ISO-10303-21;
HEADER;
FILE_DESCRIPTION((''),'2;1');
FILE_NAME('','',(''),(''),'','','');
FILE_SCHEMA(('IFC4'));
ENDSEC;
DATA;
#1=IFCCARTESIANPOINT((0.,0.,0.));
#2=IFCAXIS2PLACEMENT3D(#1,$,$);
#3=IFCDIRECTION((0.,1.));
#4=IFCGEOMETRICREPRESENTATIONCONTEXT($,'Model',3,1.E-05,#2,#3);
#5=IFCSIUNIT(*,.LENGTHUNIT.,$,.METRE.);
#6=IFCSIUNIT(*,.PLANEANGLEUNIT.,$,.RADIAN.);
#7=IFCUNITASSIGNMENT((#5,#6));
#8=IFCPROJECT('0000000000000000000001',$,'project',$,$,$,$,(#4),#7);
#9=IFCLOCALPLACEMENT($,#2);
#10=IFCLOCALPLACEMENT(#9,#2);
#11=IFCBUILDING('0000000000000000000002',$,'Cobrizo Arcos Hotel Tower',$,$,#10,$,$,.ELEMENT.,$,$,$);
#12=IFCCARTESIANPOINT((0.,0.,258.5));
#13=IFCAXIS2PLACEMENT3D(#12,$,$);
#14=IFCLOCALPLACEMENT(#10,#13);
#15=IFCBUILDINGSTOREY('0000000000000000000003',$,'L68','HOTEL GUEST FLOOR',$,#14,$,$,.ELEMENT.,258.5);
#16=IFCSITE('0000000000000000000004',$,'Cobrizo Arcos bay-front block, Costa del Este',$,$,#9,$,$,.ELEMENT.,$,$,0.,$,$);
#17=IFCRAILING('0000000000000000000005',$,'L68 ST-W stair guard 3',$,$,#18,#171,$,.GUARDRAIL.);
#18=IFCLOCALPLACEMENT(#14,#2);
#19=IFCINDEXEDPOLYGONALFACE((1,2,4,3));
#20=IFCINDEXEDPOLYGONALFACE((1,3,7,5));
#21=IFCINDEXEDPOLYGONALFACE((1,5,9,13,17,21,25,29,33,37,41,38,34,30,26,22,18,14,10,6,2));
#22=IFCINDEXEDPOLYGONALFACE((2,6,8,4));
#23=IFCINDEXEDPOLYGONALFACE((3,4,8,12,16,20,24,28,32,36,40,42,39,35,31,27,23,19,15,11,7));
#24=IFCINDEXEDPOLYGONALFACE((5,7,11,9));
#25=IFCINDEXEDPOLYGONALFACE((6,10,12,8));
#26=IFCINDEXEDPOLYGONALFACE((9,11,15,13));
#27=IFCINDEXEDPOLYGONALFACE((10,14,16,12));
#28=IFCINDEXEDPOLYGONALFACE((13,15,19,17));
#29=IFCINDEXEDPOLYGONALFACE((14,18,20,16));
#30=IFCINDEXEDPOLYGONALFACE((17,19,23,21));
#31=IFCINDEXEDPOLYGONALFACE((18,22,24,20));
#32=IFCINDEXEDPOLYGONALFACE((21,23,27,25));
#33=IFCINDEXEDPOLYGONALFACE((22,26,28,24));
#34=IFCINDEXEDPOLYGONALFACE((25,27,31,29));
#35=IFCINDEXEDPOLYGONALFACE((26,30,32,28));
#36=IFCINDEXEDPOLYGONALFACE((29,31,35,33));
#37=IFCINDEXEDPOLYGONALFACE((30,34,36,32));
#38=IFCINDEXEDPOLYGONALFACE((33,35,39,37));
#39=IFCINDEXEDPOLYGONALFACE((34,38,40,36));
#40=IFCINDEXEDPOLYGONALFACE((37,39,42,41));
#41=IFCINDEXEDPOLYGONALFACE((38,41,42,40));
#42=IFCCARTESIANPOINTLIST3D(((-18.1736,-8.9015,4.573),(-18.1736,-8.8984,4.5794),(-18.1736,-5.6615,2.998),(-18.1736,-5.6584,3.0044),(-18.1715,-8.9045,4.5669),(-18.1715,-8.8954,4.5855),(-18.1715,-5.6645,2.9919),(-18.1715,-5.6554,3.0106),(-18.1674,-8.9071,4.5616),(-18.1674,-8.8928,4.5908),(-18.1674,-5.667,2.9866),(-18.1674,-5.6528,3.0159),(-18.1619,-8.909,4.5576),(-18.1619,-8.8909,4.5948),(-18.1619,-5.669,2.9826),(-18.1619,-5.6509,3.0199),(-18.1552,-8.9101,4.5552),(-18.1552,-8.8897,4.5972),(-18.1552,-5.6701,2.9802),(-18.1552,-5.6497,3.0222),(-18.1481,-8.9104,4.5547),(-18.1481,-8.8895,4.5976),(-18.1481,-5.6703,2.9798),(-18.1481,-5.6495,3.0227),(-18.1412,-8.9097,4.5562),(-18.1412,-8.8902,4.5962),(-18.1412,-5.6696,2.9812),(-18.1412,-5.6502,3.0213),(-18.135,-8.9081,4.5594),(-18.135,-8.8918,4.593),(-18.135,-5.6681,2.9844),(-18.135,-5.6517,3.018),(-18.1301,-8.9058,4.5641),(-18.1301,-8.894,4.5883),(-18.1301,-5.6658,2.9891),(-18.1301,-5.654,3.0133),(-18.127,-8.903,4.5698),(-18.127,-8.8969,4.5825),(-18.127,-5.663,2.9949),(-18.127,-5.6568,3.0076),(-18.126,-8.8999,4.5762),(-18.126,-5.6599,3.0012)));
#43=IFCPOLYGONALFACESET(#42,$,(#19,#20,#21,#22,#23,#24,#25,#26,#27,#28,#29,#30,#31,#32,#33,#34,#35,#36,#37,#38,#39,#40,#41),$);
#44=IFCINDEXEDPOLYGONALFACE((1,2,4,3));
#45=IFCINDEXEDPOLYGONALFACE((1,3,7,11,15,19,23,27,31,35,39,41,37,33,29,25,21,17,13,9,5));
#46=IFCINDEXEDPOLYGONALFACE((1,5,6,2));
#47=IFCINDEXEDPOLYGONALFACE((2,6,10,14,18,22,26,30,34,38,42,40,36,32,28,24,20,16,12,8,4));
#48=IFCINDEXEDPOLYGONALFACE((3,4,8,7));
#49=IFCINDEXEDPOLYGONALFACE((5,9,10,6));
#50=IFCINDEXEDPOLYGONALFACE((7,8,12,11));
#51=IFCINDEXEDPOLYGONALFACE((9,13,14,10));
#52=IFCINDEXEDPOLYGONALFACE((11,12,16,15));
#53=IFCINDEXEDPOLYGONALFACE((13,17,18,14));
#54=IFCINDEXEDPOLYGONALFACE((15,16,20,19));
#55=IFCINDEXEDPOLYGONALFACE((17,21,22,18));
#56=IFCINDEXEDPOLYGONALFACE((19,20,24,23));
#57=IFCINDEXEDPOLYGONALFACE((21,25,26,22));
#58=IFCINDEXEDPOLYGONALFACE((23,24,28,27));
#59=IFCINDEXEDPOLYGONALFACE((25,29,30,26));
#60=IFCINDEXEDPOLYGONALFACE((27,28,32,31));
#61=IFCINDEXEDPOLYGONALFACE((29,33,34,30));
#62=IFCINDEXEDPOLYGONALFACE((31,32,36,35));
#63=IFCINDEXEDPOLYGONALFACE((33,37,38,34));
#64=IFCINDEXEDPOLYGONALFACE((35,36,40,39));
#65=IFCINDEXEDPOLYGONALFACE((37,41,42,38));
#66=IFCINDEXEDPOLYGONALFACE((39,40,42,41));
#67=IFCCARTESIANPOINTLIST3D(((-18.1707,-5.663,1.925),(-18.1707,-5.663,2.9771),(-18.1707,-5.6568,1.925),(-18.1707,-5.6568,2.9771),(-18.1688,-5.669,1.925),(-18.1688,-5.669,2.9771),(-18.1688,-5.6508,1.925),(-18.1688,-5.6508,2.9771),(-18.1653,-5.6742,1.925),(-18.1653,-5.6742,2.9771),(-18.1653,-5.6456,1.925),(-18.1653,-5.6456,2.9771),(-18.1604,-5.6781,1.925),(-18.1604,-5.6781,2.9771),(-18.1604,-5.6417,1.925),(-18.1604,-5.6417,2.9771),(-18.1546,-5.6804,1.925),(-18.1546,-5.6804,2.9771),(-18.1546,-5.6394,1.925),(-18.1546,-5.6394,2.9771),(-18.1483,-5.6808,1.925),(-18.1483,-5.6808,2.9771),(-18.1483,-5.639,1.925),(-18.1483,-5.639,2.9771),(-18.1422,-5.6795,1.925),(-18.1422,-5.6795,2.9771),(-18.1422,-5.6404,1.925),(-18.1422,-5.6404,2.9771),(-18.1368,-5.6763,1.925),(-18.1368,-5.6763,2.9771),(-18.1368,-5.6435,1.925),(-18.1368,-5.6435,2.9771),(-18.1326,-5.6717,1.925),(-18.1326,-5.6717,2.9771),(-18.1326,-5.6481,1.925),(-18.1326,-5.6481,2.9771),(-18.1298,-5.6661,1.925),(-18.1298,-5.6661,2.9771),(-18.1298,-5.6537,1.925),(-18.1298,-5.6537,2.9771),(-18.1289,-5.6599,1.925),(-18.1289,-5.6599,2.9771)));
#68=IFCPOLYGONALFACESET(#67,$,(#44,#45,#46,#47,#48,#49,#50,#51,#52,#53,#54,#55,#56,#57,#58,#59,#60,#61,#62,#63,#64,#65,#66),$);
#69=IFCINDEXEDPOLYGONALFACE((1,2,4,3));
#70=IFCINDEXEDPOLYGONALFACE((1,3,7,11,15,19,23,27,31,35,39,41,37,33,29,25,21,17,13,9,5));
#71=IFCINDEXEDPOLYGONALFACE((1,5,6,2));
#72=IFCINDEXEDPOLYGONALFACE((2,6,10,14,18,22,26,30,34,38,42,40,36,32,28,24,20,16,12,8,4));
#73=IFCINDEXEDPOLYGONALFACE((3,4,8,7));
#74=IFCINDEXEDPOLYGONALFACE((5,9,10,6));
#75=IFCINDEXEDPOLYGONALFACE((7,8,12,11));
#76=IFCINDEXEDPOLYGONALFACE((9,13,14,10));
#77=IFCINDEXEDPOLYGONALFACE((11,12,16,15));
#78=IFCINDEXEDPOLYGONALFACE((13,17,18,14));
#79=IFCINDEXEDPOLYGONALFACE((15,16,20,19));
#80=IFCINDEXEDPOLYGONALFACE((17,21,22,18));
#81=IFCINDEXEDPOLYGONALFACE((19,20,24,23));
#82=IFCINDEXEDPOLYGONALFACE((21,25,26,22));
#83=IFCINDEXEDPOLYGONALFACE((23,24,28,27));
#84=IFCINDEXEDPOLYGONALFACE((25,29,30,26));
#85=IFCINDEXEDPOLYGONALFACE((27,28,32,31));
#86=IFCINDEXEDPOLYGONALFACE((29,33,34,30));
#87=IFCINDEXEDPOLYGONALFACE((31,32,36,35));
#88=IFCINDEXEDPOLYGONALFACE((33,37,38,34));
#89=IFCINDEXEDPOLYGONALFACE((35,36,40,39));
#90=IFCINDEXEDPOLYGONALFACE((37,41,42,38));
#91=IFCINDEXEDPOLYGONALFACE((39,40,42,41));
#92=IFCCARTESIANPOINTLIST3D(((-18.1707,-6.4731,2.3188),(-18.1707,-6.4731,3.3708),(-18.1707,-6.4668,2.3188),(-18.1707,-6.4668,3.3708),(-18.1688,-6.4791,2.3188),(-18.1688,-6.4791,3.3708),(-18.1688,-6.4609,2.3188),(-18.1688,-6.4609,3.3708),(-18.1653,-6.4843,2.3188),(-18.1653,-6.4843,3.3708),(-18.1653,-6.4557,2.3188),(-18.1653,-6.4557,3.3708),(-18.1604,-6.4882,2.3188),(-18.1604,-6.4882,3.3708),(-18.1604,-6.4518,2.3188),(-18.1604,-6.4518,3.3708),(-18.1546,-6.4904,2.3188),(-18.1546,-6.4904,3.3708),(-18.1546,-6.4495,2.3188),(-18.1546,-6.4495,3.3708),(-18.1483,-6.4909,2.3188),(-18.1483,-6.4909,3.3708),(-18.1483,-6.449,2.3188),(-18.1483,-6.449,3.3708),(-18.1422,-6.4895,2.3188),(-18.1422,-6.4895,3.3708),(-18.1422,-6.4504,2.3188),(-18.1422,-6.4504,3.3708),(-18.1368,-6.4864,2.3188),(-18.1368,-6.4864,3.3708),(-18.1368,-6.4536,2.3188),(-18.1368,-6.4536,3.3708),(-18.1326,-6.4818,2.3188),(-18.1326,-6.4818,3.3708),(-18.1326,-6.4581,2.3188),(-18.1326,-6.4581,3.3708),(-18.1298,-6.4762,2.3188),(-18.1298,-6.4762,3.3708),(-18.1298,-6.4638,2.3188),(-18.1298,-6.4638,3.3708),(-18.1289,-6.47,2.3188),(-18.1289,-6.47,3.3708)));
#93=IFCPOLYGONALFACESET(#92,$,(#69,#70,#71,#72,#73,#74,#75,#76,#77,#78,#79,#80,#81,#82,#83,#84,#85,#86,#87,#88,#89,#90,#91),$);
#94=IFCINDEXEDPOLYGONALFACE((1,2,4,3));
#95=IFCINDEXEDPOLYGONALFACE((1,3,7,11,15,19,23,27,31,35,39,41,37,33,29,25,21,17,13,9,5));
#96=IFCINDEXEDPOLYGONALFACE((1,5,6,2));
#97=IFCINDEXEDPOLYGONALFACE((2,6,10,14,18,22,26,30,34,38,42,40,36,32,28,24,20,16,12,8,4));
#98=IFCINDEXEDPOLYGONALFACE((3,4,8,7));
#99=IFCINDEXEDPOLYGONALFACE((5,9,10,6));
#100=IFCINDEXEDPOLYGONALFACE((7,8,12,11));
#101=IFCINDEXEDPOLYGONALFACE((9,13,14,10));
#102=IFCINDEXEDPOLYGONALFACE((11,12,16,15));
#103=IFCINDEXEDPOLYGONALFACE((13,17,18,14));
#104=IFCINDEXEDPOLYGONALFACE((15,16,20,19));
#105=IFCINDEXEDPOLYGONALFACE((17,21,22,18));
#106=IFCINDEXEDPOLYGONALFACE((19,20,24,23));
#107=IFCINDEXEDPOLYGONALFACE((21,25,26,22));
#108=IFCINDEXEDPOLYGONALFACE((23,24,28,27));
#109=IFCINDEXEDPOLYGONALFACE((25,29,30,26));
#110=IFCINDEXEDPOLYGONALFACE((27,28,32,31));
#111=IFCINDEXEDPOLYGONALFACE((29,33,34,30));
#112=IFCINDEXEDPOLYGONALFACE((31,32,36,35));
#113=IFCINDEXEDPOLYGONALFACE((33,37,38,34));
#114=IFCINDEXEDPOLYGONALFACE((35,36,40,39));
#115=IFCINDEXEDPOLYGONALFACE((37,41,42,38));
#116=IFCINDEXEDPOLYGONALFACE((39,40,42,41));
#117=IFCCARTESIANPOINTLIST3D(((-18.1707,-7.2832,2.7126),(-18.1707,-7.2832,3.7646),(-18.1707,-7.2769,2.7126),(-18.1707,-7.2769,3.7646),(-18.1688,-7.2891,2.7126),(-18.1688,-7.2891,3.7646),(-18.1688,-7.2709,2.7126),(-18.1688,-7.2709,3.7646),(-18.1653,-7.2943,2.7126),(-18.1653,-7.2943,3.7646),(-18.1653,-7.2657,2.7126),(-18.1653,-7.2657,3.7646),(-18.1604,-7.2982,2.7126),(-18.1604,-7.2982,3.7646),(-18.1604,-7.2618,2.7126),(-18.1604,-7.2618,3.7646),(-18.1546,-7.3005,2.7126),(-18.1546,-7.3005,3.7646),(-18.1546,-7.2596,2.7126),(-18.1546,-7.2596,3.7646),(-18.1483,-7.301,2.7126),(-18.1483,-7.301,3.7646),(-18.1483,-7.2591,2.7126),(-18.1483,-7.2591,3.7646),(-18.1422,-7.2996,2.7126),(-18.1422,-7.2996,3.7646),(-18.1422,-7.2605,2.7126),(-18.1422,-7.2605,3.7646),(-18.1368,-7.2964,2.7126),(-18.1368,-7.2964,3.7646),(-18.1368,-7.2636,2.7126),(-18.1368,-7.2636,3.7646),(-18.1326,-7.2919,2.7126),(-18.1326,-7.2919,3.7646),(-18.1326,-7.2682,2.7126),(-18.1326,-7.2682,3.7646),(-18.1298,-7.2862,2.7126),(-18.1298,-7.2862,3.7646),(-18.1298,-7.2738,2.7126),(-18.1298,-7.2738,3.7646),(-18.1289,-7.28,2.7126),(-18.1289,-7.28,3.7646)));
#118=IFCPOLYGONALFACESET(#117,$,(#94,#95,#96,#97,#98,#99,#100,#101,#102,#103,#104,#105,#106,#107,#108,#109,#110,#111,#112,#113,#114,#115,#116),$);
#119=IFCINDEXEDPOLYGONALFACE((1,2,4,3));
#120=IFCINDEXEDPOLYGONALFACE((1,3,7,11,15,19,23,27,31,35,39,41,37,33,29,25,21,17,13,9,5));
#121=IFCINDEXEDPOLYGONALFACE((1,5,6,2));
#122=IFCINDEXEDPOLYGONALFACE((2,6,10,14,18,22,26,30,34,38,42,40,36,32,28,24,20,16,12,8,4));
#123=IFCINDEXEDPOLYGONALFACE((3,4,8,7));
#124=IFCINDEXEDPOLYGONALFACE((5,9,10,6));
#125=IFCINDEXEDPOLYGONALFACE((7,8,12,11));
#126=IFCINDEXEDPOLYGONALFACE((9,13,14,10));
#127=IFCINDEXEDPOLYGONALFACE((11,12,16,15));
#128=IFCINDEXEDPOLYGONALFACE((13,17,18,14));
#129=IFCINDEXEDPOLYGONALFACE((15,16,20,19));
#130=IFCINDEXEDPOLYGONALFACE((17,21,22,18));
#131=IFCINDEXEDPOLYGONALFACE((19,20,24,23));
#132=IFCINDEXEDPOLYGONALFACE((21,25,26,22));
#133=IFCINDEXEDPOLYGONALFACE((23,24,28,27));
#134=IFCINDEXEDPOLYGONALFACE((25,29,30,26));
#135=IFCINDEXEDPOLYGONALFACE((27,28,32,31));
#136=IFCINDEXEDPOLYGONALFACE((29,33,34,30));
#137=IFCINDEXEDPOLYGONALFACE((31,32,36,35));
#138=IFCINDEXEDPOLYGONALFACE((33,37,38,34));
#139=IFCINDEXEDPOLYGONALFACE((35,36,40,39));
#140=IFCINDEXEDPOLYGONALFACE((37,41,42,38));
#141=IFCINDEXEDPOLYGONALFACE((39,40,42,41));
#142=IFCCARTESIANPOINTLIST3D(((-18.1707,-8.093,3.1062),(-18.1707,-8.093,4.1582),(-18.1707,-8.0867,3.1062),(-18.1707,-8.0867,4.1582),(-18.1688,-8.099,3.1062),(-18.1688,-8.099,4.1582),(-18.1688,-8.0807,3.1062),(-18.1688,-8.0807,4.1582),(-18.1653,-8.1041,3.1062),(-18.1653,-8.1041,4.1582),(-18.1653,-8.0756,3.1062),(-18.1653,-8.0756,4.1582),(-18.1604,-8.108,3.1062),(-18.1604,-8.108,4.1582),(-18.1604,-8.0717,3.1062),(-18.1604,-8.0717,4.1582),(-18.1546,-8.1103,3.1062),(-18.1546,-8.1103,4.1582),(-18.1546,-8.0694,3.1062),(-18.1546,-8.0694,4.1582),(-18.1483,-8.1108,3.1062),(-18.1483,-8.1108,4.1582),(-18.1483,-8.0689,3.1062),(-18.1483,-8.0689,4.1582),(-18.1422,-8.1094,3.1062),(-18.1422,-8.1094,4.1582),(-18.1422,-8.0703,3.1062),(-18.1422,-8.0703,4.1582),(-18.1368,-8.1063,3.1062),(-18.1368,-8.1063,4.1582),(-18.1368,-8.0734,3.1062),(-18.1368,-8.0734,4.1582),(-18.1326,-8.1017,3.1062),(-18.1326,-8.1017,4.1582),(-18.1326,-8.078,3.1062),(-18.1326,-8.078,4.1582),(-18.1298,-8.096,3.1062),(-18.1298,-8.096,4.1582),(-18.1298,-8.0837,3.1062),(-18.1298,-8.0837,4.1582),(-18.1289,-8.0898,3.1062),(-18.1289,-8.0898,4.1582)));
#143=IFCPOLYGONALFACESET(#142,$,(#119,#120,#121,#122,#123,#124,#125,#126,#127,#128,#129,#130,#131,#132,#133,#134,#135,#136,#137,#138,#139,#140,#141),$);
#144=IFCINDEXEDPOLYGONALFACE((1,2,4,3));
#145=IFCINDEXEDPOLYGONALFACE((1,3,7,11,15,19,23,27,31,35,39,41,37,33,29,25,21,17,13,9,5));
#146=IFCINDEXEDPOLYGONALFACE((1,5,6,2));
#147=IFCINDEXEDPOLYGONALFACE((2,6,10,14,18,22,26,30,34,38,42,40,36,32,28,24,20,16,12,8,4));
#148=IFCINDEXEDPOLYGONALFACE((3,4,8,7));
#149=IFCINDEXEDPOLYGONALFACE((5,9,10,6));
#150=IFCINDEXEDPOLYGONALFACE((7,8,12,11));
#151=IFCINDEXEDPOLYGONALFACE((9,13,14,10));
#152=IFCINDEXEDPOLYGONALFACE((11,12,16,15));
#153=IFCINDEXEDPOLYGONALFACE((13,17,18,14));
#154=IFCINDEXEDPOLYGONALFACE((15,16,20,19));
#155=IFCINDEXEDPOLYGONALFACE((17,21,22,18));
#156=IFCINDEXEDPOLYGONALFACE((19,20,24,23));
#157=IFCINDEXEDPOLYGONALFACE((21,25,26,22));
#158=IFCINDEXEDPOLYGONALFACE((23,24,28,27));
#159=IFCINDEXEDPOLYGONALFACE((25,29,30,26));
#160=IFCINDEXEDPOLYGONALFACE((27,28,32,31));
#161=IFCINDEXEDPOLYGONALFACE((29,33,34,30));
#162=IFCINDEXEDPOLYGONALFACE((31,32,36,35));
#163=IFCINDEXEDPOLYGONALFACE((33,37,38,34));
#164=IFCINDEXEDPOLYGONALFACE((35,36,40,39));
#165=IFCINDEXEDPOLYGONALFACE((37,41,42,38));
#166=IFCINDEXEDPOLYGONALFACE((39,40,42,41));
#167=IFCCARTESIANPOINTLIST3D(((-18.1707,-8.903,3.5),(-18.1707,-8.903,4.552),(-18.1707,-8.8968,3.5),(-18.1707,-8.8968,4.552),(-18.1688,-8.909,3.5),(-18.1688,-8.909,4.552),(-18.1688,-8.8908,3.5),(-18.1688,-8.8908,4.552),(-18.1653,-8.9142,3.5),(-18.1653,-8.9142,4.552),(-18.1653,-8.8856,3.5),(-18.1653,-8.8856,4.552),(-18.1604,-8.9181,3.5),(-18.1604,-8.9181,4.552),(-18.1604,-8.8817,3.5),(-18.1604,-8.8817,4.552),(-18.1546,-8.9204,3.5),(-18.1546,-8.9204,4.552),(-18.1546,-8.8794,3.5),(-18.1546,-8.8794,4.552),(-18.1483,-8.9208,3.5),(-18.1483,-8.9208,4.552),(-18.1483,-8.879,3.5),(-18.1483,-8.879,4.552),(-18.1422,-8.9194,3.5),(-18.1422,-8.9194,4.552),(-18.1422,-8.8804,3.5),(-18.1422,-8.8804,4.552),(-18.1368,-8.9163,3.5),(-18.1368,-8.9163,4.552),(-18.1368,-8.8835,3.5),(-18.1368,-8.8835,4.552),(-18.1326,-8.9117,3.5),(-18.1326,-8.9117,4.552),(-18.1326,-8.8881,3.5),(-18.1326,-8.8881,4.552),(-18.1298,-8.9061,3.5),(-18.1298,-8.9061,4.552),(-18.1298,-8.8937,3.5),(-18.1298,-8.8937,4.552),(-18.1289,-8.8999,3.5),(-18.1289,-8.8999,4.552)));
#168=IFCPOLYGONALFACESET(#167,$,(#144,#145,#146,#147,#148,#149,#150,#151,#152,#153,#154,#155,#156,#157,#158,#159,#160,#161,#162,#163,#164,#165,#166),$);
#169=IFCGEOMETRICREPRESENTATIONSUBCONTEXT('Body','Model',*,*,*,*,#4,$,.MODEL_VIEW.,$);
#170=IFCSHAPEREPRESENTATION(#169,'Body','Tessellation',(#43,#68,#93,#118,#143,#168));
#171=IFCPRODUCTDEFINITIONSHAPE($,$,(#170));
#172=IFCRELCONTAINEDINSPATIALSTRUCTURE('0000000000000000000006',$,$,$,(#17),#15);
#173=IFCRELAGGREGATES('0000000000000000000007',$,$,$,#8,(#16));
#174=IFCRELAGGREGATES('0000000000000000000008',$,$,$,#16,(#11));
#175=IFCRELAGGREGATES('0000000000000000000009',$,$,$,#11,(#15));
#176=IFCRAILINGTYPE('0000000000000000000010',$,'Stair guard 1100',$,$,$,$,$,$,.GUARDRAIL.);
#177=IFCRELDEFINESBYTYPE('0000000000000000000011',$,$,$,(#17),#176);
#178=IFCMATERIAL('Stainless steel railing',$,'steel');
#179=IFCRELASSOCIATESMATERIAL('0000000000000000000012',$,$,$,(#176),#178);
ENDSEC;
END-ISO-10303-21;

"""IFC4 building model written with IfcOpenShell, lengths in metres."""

from ifc_helpers import new_model, si_unit, direction, frame, origin, origin_2d, place, context, subcontext, project, spatial, circle, extrude, material, type_object, element, save


model = new_model("IFC4")

# Units and contexts
model_context = context("Model", 3, precision=1e-05, world=origin(), true_north=direction((0.0, 1.0)))
body_context = subcontext(model_context, "Body", "Model", "MODEL_VIEW")
ifc_project = project(units=[si_unit("LENGTHUNIT", "METRE"), si_unit("PLANEANGLEUNIT", "RADIAN")], contexts=[model_context])

# Site, building, storey
site_placement = place(None, origin())
site = spatial("IfcSite", under=ifc_project, at=site_placement, Name="Cobrizo Arcos bay-front block, Costa del Este", CompositionType="ELEMENT", RefElevation=0.0)
building_placement = place(site_placement, origin())
building = spatial("IfcBuilding", under=site, at=building_placement, Name="Cobrizo Arcos Hotel Tower", CompositionType="ELEMENT")
storey_placement = place(building_placement, frame((0.0, 0.0, 258.5)))
storey = spatial("IfcBuildingStorey", under=building, at=storey_placement, Name="L68", Description="HOTEL GUEST FLOOR", CompositionType="ELEMENT", Elevation=258.5)

# Railing
ifc_material_1 = material(Name="Stainless steel railing", Category="steel")
railing_type_1 = type_object("IfcRailingType", Name="Stair guard 1100", PredefinedType="GUARDRAIL", material=ifc_material_1)
railing_1_placement = place(storey_placement, frame((-18.1499, -5.6599, 1.925)))
element("IfcRailing", 1, at=railing_1_placement, inside=storey, type_object=railing_type_1, Name="L68 ST-W stair guard 3", PredefinedType="GUARDRAIL", context=body_context, shape_type="SweptSolid", body=[
    extrude(circle(Radius=0.0239, at=origin_2d()), frame((0.0, 0.0, 1.0762), z_axis=(0.0, -0.899373, 0.437183), x_axis=(1.0, 0.0, 0.0)), (0.0, 0.0, 1.0), 3.6025),
    extrude(circle(Radius=0.021, at=origin_2d()), origin(), (0.0, 0.0, 1.0), 1.052),
    extrude(circle(Radius=0.021, at=origin_2d()), frame((0.0, -0.8101, 0.3938)), (0.0, 0.0, 1.0), 1.052),
    extrude(circle(Radius=0.021, at=origin_2d()), frame((0.0, -1.6201, 0.7876)), (0.0, 0.0, 1.0), 1.052),
    extrude(circle(Radius=0.021, at=origin_2d()), frame((0.0, -2.4299, 1.1812)), (0.0, 0.0, 1.0), 1.052),
    extrude(circle(Radius=0.021, at=origin_2d()), frame((0.0, -3.24, 1.575)), (0.0, 0.0, 1.0), 1.052),
])

save(model, "model.ifc")
